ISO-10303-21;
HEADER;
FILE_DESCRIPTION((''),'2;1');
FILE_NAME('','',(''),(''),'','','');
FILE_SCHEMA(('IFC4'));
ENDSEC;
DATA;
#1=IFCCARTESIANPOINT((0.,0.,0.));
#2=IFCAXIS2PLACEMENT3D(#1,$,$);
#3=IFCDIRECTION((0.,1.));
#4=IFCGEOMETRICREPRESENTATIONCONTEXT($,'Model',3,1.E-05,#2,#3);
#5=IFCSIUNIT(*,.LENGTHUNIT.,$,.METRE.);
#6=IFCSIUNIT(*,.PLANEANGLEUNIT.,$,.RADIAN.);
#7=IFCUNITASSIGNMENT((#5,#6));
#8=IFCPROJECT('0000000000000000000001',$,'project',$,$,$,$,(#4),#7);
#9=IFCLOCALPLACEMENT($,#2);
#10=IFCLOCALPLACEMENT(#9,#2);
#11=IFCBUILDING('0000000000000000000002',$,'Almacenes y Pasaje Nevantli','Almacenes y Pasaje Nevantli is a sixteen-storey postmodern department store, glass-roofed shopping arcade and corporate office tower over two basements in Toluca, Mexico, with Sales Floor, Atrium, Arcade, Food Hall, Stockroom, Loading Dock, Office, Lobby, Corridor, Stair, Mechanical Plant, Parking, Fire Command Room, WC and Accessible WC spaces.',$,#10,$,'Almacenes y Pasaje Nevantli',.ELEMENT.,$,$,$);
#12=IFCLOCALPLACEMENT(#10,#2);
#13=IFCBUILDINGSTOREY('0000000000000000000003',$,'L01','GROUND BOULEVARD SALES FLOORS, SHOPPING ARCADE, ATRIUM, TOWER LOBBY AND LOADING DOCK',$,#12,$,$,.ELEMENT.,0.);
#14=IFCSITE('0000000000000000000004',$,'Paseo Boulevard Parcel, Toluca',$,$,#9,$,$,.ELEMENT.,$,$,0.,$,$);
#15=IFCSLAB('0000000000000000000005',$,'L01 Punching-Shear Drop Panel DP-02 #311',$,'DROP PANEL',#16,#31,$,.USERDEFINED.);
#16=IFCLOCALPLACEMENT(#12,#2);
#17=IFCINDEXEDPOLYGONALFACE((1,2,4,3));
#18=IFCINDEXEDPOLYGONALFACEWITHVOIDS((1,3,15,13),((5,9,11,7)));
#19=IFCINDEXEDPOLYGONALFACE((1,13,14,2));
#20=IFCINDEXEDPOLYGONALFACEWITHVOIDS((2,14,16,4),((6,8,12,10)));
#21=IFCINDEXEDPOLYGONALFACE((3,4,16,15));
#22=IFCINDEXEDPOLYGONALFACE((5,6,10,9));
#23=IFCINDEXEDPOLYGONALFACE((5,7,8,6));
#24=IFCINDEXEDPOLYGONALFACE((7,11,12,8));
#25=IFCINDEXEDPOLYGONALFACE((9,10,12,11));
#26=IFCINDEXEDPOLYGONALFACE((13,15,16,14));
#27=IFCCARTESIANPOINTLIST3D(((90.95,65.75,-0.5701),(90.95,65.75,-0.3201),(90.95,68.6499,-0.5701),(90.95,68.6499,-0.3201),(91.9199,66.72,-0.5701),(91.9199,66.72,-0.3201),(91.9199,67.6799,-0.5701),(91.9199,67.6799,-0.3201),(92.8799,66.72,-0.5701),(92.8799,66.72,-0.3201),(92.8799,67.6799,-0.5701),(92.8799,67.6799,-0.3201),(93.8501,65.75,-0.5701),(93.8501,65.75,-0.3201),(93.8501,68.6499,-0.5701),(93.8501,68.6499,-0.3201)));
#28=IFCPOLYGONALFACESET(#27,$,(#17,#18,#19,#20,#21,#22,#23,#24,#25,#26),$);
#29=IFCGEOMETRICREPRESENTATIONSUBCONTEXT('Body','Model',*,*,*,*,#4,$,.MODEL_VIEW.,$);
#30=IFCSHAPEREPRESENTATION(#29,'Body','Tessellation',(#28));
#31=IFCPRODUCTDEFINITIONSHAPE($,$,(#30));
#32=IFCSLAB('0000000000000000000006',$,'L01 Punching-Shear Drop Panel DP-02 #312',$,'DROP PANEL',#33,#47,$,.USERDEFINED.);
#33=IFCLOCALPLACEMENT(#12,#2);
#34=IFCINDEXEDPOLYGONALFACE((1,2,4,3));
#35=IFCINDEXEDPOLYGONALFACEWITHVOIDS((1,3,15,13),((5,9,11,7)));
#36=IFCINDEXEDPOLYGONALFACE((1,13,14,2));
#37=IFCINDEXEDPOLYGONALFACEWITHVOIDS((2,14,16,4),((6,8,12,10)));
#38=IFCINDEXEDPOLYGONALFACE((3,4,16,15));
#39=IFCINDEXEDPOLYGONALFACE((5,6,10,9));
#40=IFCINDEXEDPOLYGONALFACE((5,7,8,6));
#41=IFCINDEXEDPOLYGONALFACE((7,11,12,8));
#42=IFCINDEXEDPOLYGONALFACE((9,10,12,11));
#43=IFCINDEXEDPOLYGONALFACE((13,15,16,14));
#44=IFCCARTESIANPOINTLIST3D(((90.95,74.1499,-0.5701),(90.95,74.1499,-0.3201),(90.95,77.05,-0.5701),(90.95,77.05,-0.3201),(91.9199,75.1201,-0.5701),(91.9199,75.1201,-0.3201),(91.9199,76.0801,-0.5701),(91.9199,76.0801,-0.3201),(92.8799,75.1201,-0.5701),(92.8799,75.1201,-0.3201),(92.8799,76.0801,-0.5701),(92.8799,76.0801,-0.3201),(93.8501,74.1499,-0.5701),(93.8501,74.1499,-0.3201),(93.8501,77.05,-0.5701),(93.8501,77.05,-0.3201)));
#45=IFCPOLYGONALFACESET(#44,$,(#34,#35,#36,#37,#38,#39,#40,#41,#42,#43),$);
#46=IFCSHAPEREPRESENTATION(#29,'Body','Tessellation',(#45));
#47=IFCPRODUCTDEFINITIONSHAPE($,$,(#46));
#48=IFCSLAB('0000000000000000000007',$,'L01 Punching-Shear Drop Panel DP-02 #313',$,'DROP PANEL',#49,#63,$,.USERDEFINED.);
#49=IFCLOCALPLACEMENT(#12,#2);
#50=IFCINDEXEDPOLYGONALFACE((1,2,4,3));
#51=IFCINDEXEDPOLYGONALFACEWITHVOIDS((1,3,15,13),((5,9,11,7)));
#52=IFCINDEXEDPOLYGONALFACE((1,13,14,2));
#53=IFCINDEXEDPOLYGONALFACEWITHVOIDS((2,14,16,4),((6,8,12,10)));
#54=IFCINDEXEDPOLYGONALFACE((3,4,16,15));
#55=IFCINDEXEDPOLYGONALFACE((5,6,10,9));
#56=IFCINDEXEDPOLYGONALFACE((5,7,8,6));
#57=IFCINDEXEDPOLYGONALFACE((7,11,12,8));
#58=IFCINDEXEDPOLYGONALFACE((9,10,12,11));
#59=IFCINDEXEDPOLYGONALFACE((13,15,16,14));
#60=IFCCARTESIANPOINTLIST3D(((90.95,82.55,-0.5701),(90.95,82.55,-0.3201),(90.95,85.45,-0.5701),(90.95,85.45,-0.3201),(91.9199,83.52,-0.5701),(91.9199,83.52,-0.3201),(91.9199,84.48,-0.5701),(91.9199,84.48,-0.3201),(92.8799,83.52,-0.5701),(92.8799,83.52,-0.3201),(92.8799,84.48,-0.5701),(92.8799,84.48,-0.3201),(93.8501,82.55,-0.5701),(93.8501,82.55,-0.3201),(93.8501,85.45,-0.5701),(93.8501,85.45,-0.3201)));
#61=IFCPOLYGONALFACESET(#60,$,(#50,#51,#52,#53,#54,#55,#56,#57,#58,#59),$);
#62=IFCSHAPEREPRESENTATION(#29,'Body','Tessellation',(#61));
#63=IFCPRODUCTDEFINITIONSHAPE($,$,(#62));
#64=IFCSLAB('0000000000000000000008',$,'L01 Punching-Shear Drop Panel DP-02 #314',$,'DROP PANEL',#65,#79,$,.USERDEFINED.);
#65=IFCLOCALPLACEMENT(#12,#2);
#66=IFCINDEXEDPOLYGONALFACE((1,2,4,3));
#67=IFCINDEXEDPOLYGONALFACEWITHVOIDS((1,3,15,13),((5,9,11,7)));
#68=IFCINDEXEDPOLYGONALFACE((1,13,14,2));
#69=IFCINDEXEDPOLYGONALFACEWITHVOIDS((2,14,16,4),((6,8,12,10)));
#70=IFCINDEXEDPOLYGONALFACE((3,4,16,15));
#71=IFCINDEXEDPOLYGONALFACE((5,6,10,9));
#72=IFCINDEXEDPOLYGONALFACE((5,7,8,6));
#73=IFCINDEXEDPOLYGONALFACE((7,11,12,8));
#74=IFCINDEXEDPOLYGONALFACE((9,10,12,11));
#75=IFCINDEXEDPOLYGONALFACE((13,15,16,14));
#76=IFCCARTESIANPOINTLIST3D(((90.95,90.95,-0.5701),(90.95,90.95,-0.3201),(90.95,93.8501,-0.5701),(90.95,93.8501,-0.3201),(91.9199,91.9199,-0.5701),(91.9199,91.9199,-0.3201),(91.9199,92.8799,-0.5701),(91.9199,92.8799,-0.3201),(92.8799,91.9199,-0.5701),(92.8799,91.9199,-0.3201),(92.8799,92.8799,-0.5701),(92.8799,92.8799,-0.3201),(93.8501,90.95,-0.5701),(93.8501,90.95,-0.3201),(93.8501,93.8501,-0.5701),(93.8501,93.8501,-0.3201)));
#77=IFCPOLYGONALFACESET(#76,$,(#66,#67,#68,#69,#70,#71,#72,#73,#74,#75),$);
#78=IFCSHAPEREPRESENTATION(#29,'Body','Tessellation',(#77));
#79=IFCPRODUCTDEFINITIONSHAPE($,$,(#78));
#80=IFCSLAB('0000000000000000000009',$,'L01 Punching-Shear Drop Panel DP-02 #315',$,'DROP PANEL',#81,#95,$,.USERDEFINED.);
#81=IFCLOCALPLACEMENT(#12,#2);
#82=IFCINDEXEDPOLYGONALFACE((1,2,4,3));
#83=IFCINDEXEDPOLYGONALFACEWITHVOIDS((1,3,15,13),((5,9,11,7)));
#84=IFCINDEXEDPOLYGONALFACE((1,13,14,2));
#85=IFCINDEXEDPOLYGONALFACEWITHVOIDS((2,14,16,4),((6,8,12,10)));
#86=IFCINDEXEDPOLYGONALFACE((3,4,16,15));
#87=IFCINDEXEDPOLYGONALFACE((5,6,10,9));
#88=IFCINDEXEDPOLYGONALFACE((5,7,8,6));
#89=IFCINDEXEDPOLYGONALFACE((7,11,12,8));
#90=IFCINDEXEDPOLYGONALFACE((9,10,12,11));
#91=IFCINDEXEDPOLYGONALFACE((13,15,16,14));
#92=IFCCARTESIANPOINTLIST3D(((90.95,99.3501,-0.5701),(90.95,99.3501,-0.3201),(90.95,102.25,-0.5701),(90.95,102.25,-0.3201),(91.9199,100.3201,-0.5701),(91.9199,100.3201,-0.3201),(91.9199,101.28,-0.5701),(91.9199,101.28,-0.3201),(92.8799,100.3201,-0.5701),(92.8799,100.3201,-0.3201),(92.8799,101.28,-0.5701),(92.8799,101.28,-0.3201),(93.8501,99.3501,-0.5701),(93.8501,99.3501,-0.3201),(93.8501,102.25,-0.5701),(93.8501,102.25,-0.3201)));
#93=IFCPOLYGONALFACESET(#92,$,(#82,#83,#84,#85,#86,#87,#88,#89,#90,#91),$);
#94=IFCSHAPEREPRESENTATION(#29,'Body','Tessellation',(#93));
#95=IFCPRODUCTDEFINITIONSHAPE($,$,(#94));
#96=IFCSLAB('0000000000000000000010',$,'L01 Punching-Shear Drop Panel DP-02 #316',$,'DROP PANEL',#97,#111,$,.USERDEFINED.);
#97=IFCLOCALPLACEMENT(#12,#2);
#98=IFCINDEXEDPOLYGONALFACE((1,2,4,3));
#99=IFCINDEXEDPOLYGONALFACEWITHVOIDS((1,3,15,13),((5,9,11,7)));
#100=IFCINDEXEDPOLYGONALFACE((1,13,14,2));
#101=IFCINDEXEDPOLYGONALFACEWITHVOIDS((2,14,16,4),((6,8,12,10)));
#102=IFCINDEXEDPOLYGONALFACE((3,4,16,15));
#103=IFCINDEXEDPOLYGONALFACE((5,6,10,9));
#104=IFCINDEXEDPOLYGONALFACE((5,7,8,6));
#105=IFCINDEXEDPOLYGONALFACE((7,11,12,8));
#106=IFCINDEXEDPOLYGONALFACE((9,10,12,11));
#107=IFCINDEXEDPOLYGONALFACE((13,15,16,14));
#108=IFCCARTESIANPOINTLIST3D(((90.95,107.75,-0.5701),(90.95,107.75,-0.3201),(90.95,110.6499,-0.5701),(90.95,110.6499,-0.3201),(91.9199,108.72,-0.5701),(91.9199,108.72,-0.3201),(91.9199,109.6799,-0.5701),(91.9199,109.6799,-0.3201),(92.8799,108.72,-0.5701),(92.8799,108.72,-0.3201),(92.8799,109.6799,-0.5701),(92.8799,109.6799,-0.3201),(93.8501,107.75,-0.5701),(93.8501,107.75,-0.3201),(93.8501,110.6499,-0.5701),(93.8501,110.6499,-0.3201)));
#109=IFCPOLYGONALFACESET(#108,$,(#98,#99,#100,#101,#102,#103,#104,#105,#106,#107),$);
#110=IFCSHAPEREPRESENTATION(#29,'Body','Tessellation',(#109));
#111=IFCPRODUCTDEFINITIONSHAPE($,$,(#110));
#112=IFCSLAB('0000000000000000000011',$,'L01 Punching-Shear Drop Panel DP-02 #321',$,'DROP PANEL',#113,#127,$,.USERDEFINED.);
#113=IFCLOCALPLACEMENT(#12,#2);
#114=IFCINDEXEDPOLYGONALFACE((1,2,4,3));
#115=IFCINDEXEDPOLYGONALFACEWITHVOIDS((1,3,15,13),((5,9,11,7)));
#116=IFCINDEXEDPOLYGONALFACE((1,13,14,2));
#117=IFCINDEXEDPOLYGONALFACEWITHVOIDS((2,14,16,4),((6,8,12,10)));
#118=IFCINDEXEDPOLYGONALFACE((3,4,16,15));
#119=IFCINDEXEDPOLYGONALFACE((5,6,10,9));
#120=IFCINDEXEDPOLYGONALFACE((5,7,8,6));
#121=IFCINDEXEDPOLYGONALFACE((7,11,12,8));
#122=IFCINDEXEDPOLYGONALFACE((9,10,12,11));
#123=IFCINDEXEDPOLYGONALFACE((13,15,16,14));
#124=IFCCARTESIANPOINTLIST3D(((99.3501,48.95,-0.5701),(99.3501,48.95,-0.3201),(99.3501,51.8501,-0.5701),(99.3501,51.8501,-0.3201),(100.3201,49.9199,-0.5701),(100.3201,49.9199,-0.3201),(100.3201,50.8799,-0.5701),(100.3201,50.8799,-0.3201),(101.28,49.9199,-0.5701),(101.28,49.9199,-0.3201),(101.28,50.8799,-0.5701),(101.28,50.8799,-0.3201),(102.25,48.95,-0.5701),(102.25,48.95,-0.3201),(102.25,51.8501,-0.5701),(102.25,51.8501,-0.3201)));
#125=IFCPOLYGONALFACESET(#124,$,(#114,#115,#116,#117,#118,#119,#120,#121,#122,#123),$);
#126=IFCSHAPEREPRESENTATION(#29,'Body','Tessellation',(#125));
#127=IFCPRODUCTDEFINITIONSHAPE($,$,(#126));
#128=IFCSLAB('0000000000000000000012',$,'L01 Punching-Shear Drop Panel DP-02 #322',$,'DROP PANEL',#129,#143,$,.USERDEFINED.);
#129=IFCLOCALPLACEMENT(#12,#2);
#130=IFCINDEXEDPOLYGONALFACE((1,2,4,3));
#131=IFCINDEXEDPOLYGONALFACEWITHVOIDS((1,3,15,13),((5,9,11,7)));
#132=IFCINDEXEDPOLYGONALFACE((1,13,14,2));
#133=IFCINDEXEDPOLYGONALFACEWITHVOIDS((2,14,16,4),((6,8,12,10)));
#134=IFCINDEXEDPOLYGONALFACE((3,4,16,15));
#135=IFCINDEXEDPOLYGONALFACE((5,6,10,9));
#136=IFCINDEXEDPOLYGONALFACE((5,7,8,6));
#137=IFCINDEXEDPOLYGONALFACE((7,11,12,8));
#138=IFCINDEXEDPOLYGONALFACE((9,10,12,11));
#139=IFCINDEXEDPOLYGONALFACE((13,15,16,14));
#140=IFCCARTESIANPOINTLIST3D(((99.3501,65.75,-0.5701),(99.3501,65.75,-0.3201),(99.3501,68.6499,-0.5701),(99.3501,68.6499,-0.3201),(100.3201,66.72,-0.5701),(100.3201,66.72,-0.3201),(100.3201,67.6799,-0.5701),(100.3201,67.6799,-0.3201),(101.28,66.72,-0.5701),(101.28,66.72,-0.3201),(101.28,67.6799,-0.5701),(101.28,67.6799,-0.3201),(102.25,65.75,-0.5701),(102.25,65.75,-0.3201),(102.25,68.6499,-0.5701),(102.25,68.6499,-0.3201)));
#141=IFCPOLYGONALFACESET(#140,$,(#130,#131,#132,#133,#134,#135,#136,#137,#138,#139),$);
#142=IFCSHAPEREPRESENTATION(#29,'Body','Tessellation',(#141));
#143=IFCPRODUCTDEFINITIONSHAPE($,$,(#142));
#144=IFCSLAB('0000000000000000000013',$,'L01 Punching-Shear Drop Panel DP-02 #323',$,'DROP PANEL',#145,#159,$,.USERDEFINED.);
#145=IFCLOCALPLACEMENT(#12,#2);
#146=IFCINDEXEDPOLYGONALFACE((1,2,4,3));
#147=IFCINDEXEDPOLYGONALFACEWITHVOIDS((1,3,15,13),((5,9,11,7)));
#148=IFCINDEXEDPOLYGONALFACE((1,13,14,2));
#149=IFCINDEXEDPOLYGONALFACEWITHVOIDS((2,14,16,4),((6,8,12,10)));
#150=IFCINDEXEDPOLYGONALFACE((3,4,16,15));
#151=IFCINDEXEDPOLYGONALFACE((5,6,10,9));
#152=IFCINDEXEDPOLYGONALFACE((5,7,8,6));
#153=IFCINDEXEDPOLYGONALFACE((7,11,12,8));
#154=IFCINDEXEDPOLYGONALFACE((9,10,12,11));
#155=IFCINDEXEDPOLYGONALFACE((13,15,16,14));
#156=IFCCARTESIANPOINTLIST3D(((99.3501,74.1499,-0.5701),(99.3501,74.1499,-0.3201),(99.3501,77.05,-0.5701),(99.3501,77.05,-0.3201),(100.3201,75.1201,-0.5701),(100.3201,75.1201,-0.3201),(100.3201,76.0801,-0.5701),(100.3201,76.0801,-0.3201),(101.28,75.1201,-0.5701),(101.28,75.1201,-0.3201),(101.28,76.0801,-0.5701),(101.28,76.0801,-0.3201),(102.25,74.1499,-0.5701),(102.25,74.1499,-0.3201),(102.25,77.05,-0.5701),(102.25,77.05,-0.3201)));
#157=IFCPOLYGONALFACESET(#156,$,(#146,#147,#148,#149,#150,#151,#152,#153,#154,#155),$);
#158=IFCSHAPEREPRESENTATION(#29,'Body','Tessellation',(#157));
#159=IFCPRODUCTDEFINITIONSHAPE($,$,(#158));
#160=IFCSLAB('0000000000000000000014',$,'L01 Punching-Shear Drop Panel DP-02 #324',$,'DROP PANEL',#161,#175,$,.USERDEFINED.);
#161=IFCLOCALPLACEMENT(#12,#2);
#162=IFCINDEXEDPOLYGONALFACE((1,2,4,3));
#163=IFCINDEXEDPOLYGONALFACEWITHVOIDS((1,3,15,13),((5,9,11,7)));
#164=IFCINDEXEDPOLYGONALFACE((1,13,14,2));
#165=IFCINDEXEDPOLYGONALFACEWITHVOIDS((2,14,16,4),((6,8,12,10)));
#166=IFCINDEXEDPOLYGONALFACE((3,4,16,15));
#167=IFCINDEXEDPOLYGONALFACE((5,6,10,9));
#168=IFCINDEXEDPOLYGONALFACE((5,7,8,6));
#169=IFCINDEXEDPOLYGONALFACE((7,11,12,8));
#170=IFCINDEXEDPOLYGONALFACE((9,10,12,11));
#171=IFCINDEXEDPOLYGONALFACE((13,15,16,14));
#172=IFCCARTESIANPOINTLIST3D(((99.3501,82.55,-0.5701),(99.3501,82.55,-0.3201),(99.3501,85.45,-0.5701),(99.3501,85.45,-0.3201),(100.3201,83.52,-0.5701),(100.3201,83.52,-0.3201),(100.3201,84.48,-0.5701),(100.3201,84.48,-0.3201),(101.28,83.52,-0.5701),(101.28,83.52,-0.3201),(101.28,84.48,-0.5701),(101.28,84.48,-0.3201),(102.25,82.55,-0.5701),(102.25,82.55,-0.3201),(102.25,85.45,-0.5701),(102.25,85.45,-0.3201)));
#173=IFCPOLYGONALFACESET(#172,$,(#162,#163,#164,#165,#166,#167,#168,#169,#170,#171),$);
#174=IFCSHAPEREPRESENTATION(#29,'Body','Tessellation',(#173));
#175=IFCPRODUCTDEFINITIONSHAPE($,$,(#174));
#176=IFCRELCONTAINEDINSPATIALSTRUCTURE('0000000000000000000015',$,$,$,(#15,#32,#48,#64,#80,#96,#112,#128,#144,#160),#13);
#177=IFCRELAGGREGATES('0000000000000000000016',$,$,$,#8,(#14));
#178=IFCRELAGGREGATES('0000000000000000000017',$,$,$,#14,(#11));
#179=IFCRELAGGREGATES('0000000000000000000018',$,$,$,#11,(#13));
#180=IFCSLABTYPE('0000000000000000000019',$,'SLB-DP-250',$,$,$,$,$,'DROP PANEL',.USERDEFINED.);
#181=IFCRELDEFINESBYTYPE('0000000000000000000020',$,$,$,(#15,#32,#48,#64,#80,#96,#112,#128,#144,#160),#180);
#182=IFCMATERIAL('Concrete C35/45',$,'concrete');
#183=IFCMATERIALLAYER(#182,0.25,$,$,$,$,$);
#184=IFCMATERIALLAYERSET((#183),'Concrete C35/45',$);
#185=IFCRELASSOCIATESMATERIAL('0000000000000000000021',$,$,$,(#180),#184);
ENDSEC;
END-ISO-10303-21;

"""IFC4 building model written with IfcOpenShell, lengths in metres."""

from ifc_helpers import new_model, si_unit, direction, frame, origin, place, context, subcontext, project, spatial, polyline, outline, extrude, material, layer, layer_set, type_object, element, save


model = new_model("IFC4")

# Units and contexts
model_context = context("Model", 3, precision=1e-05, world=origin(), true_north=direction((0.0, 1.0)))
body_context = subcontext(model_context, "Body", "Model", "MODEL_VIEW")
ifc_project = project(units=[si_unit("LENGTHUNIT", "METRE"), si_unit("PLANEANGLEUNIT", "RADIAN")], contexts=[model_context])

# Site, building, storey
site_placement = place(None, origin())
site = spatial("IfcSite", under=ifc_project, at=site_placement, Name="Paseo Boulevard Parcel, Toluca", CompositionType="ELEMENT", RefElevation=0.0)
building_placement = place(site_placement, origin())
building = spatial("IfcBuilding", under=site, at=building_placement, Name="Almacenes y Pasaje Nevantli", Description="Almacenes y Pasaje Nevantli is a sixteen-storey postmodern department store, glass-roofed shopping arcade and corporate office tower over two basements in Toluca, Mexico, with Sales Floor, Atrium, Arcade, Food Hall, Stockroom, Loading Dock, Office, Lobby, Corridor, Stair, Mechanical Plant, Parking, Fire Command Room, WC and Accessible WC spaces.", LongName="Almacenes y Pasaje Nevantli", CompositionType="ELEMENT")
storey_placement = place(building_placement, origin())
storey = spatial("IfcBuildingStorey", under=building, at=storey_placement, Name="L01", Description="GROUND BOULEVARD SALES FLOORS, SHOPPING ARCADE, ATRIUM, TOWER LOBBY AND LOADING DOCK", CompositionType="ELEMENT", Elevation=0.0)

# Slabs
ifc_material = material(Name="Concrete C35/45", Category="concrete")
ifc_layer = layer(ifc_material, 0.25)
ifc_layer_set = layer_set([ifc_layer], Name="Concrete C35/45")
slab_type = type_object("IfcSlabType", Name="SLB-DP-250", ElementType="DROP PANEL", PredefinedType="USERDEFINED", material=ifc_layer_set)
slab_1_placement = place(storey_placement, frame((0.0, 0.0, -0.5701)))
element("IfcSlab", 1, at=slab_1_placement, inside=storey, type_object=slab_type, Name="L01 Punching-Shear Drop Panel DP-02 #311", ObjectType="DROP PANEL", PredefinedType="USERDEFINED", context=body_context, shape_type="SweptSolid", body=[
    extrude(outline(polyline([(90.95, 65.75), (93.8501, 65.75), (93.8501, 68.6499), (90.95, 68.6499), (90.95, 65.75)]), holes=[polyline([(91.9199, 66.72), (92.8799, 66.72), (92.8799, 67.6799), (91.9199, 67.6799), (91.9199, 66.72)])]), origin(), (0.0, 0.0, 1.0), 0.25),
])
slab_2_placement = place(storey_placement, frame((0.0, 0.0, -0.5701)))
element("IfcSlab", 2, at=slab_2_placement, inside=storey, type_object=slab_type, Name="L01 Punching-Shear Drop Panel DP-02 #312", ObjectType="DROP PANEL", PredefinedType="USERDEFINED", context=body_context, shape_type="SweptSolid", body=[
    extrude(outline(polyline([(90.95, 74.1499), (93.8501, 74.1499), (93.8501, 77.05), (90.95, 77.05), (90.95, 74.1499)]), holes=[polyline([(91.9199, 75.1201), (92.8799, 75.1201), (92.8799, 76.0801), (91.9199, 76.0801), (91.9199, 75.1201)])]), origin(), (0.0, 0.0, 1.0), 0.25),
])
slab_3_placement = place(storey_placement, frame((0.0, 0.0, -0.5701)))
element("IfcSlab", 3, at=slab_3_placement, inside=storey, type_object=slab_type, Name="L01 Punching-Shear Drop Panel DP-02 #313", ObjectType="DROP PANEL", PredefinedType="USERDEFINED", context=body_context, shape_type="SweptSolid", body=[
    extrude(outline(polyline([(90.95, 82.55), (93.8501, 82.55), (93.8501, 85.45), (90.95, 85.45), (90.95, 82.55)]), holes=[polyline([(91.9199, 83.52), (92.8799, 83.52), (92.8799, 84.48), (91.9199, 84.48), (91.9199, 83.52)])]), origin(), (0.0, 0.0, 1.0), 0.25),
])
slab_4_placement = place(storey_placement, frame((0.0, 0.0, -0.5701)))
element("IfcSlab", 4, at=slab_4_placement, inside=storey, type_object=slab_type, Name="L01 Punching-Shear Drop Panel DP-02 #314", ObjectType="DROP PANEL", PredefinedType="USERDEFINED", context=body_context, shape_type="SweptSolid", body=[
    extrude(outline(polyline([(90.95, 90.95), (93.8501, 90.95), (93.8501, 93.8501), (90.95, 93.8501), (90.95, 90.95)]), holes=[polyline([(91.9199, 91.9199), (92.8799, 91.9199), (92.8799, 92.8799), (91.9199, 92.8799), (91.9199, 91.9199)])]), origin(), (0.0, 0.0, 1.0), 0.25),
])
slab_5_placement = place(storey_placement, frame((0.0, 0.0, -0.5701)))
element("IfcSlab", 5, at=slab_5_placement, inside=storey, type_object=slab_type, Name="L01 Punching-Shear Drop Panel DP-02 #315", ObjectType="DROP PANEL", PredefinedType="USERDEFINED", context=body_context, shape_type="SweptSolid", body=[
    extrude(outline(polyline([(90.95, 99.3501), (93.8501, 99.3501), (93.8501, 102.25), (90.95, 102.25), (90.95, 99.3501)]), holes=[polyline([(91.9199, 100.3201), (92.8799, 100.3201), (92.8799, 101.28), (91.9199, 101.28), (91.9199, 100.3201)])]), origin(), (0.0, 0.0, 1.0), 0.25),
])
slab_6_placement = place(storey_placement, frame((0.0, 0.0, -0.5701)))
element("IfcSlab", 6, at=slab_6_placement, inside=storey, type_object=slab_type, Name="L01 Punching-Shear Drop Panel DP-02 #316", ObjectType="DROP PANEL", PredefinedType="USERDEFINED", context=body_context, shape_type="SweptSolid", body=[
    extrude(outline(polyline([(90.95, 107.75), (93.8501, 107.75), (93.8501, 110.6499), (90.95, 110.6499), (90.95, 107.75)]), holes=[polyline([(91.9199, 108.72), (92.8799, 108.72), (92.8799, 109.6799), (91.9199, 109.6799), (91.9199, 108.72)])]), origin(), (0.0, 0.0, 1.0), 0.25),
])
slab_7_placement = place(storey_placement, frame((0.0, 0.0, -0.5701)))
element("IfcSlab", 7, at=slab_7_placement, inside=storey, type_object=slab_type, Name="L01 Punching-Shear Drop Panel DP-02 #321", ObjectType="DROP PANEL", PredefinedType="USERDEFINED", context=body_context, shape_type="SweptSolid", body=[
    extrude(outline(polyline([(99.3501, 48.95), (102.25, 48.95), (102.25, 51.8501), (99.3501, 51.8501), (99.3501, 48.95)]), holes=[polyline([(100.3201, 49.9199), (101.28, 49.9199), (101.28, 50.8799), (100.3201, 50.8799), (100.3201, 49.9199)])]), origin(), (0.0, 0.0, 1.0), 0.25),
])
slab_8_placement = place(storey_placement, frame((0.0, 0.0, -0.5701)))
element("IfcSlab", 8, at=slab_8_placement, inside=storey, type_object=slab_type, Name="L01 Punching-Shear Drop Panel DP-02 #322", ObjectType="DROP PANEL", PredefinedType="USERDEFINED", context=body_context, shape_type="SweptSolid", body=[
    extrude(outline(polyline([(99.3501, 65.75), (102.25, 65.75), (102.25, 68.6499), (99.3501, 68.6499), (99.3501, 65.75)]), holes=[polyline([(100.3201, 66.72), (101.28, 66.72), (101.28, 67.6799), (100.3201, 67.6799), (100.3201, 66.72)])]), origin(), (0.0, 0.0, 1.0), 0.25),
])
slab_9_placement = place(storey_placement, frame((0.0, 0.0, -0.5701)))
element("IfcSlab", 9, at=slab_9_placement, inside=storey, type_object=slab_type, Name="L01 Punching-Shear Drop Panel DP-02 #323", ObjectType="DROP PANEL", PredefinedType="USERDEFINED", context=body_context, shape_type="SweptSolid", body=[
    extrude(outline(polyline([(99.3501, 74.1499), (102.25, 74.1499), (102.25, 77.05), (99.3501, 77.05), (99.3501, 74.1499)]), holes=[polyline([(100.3201, 75.1201), (101.28, 75.1201), (101.28, 76.0801), (100.3201, 76.0801), (100.3201, 75.1201)])]), origin(), (0.0, 0.0, 1.0), 0.25),
])
slab_10_placement = place(storey_placement, frame((0.0, 0.0, -0.5701)))
element("IfcSlab", 10, at=slab_10_placement, inside=storey, type_object=slab_type, Name="L01 Punching-Shear Drop Panel DP-02 #324", ObjectType="DROP PANEL", PredefinedType="USERDEFINED", context=body_context, shape_type="SweptSolid", body=[
    extrude(outline(polyline([(99.3501, 82.55), (102.25, 82.55), (102.25, 85.45), (99.3501, 85.45), (99.3501, 82.55)]), holes=[polyline([(100.3201, 83.52), (101.28, 83.52), (101.28, 84.48), (100.3201, 84.48), (100.3201, 83.52)])]), origin(), (0.0, 0.0, 1.0), 0.25),
])

save(model, "model.ifc")
